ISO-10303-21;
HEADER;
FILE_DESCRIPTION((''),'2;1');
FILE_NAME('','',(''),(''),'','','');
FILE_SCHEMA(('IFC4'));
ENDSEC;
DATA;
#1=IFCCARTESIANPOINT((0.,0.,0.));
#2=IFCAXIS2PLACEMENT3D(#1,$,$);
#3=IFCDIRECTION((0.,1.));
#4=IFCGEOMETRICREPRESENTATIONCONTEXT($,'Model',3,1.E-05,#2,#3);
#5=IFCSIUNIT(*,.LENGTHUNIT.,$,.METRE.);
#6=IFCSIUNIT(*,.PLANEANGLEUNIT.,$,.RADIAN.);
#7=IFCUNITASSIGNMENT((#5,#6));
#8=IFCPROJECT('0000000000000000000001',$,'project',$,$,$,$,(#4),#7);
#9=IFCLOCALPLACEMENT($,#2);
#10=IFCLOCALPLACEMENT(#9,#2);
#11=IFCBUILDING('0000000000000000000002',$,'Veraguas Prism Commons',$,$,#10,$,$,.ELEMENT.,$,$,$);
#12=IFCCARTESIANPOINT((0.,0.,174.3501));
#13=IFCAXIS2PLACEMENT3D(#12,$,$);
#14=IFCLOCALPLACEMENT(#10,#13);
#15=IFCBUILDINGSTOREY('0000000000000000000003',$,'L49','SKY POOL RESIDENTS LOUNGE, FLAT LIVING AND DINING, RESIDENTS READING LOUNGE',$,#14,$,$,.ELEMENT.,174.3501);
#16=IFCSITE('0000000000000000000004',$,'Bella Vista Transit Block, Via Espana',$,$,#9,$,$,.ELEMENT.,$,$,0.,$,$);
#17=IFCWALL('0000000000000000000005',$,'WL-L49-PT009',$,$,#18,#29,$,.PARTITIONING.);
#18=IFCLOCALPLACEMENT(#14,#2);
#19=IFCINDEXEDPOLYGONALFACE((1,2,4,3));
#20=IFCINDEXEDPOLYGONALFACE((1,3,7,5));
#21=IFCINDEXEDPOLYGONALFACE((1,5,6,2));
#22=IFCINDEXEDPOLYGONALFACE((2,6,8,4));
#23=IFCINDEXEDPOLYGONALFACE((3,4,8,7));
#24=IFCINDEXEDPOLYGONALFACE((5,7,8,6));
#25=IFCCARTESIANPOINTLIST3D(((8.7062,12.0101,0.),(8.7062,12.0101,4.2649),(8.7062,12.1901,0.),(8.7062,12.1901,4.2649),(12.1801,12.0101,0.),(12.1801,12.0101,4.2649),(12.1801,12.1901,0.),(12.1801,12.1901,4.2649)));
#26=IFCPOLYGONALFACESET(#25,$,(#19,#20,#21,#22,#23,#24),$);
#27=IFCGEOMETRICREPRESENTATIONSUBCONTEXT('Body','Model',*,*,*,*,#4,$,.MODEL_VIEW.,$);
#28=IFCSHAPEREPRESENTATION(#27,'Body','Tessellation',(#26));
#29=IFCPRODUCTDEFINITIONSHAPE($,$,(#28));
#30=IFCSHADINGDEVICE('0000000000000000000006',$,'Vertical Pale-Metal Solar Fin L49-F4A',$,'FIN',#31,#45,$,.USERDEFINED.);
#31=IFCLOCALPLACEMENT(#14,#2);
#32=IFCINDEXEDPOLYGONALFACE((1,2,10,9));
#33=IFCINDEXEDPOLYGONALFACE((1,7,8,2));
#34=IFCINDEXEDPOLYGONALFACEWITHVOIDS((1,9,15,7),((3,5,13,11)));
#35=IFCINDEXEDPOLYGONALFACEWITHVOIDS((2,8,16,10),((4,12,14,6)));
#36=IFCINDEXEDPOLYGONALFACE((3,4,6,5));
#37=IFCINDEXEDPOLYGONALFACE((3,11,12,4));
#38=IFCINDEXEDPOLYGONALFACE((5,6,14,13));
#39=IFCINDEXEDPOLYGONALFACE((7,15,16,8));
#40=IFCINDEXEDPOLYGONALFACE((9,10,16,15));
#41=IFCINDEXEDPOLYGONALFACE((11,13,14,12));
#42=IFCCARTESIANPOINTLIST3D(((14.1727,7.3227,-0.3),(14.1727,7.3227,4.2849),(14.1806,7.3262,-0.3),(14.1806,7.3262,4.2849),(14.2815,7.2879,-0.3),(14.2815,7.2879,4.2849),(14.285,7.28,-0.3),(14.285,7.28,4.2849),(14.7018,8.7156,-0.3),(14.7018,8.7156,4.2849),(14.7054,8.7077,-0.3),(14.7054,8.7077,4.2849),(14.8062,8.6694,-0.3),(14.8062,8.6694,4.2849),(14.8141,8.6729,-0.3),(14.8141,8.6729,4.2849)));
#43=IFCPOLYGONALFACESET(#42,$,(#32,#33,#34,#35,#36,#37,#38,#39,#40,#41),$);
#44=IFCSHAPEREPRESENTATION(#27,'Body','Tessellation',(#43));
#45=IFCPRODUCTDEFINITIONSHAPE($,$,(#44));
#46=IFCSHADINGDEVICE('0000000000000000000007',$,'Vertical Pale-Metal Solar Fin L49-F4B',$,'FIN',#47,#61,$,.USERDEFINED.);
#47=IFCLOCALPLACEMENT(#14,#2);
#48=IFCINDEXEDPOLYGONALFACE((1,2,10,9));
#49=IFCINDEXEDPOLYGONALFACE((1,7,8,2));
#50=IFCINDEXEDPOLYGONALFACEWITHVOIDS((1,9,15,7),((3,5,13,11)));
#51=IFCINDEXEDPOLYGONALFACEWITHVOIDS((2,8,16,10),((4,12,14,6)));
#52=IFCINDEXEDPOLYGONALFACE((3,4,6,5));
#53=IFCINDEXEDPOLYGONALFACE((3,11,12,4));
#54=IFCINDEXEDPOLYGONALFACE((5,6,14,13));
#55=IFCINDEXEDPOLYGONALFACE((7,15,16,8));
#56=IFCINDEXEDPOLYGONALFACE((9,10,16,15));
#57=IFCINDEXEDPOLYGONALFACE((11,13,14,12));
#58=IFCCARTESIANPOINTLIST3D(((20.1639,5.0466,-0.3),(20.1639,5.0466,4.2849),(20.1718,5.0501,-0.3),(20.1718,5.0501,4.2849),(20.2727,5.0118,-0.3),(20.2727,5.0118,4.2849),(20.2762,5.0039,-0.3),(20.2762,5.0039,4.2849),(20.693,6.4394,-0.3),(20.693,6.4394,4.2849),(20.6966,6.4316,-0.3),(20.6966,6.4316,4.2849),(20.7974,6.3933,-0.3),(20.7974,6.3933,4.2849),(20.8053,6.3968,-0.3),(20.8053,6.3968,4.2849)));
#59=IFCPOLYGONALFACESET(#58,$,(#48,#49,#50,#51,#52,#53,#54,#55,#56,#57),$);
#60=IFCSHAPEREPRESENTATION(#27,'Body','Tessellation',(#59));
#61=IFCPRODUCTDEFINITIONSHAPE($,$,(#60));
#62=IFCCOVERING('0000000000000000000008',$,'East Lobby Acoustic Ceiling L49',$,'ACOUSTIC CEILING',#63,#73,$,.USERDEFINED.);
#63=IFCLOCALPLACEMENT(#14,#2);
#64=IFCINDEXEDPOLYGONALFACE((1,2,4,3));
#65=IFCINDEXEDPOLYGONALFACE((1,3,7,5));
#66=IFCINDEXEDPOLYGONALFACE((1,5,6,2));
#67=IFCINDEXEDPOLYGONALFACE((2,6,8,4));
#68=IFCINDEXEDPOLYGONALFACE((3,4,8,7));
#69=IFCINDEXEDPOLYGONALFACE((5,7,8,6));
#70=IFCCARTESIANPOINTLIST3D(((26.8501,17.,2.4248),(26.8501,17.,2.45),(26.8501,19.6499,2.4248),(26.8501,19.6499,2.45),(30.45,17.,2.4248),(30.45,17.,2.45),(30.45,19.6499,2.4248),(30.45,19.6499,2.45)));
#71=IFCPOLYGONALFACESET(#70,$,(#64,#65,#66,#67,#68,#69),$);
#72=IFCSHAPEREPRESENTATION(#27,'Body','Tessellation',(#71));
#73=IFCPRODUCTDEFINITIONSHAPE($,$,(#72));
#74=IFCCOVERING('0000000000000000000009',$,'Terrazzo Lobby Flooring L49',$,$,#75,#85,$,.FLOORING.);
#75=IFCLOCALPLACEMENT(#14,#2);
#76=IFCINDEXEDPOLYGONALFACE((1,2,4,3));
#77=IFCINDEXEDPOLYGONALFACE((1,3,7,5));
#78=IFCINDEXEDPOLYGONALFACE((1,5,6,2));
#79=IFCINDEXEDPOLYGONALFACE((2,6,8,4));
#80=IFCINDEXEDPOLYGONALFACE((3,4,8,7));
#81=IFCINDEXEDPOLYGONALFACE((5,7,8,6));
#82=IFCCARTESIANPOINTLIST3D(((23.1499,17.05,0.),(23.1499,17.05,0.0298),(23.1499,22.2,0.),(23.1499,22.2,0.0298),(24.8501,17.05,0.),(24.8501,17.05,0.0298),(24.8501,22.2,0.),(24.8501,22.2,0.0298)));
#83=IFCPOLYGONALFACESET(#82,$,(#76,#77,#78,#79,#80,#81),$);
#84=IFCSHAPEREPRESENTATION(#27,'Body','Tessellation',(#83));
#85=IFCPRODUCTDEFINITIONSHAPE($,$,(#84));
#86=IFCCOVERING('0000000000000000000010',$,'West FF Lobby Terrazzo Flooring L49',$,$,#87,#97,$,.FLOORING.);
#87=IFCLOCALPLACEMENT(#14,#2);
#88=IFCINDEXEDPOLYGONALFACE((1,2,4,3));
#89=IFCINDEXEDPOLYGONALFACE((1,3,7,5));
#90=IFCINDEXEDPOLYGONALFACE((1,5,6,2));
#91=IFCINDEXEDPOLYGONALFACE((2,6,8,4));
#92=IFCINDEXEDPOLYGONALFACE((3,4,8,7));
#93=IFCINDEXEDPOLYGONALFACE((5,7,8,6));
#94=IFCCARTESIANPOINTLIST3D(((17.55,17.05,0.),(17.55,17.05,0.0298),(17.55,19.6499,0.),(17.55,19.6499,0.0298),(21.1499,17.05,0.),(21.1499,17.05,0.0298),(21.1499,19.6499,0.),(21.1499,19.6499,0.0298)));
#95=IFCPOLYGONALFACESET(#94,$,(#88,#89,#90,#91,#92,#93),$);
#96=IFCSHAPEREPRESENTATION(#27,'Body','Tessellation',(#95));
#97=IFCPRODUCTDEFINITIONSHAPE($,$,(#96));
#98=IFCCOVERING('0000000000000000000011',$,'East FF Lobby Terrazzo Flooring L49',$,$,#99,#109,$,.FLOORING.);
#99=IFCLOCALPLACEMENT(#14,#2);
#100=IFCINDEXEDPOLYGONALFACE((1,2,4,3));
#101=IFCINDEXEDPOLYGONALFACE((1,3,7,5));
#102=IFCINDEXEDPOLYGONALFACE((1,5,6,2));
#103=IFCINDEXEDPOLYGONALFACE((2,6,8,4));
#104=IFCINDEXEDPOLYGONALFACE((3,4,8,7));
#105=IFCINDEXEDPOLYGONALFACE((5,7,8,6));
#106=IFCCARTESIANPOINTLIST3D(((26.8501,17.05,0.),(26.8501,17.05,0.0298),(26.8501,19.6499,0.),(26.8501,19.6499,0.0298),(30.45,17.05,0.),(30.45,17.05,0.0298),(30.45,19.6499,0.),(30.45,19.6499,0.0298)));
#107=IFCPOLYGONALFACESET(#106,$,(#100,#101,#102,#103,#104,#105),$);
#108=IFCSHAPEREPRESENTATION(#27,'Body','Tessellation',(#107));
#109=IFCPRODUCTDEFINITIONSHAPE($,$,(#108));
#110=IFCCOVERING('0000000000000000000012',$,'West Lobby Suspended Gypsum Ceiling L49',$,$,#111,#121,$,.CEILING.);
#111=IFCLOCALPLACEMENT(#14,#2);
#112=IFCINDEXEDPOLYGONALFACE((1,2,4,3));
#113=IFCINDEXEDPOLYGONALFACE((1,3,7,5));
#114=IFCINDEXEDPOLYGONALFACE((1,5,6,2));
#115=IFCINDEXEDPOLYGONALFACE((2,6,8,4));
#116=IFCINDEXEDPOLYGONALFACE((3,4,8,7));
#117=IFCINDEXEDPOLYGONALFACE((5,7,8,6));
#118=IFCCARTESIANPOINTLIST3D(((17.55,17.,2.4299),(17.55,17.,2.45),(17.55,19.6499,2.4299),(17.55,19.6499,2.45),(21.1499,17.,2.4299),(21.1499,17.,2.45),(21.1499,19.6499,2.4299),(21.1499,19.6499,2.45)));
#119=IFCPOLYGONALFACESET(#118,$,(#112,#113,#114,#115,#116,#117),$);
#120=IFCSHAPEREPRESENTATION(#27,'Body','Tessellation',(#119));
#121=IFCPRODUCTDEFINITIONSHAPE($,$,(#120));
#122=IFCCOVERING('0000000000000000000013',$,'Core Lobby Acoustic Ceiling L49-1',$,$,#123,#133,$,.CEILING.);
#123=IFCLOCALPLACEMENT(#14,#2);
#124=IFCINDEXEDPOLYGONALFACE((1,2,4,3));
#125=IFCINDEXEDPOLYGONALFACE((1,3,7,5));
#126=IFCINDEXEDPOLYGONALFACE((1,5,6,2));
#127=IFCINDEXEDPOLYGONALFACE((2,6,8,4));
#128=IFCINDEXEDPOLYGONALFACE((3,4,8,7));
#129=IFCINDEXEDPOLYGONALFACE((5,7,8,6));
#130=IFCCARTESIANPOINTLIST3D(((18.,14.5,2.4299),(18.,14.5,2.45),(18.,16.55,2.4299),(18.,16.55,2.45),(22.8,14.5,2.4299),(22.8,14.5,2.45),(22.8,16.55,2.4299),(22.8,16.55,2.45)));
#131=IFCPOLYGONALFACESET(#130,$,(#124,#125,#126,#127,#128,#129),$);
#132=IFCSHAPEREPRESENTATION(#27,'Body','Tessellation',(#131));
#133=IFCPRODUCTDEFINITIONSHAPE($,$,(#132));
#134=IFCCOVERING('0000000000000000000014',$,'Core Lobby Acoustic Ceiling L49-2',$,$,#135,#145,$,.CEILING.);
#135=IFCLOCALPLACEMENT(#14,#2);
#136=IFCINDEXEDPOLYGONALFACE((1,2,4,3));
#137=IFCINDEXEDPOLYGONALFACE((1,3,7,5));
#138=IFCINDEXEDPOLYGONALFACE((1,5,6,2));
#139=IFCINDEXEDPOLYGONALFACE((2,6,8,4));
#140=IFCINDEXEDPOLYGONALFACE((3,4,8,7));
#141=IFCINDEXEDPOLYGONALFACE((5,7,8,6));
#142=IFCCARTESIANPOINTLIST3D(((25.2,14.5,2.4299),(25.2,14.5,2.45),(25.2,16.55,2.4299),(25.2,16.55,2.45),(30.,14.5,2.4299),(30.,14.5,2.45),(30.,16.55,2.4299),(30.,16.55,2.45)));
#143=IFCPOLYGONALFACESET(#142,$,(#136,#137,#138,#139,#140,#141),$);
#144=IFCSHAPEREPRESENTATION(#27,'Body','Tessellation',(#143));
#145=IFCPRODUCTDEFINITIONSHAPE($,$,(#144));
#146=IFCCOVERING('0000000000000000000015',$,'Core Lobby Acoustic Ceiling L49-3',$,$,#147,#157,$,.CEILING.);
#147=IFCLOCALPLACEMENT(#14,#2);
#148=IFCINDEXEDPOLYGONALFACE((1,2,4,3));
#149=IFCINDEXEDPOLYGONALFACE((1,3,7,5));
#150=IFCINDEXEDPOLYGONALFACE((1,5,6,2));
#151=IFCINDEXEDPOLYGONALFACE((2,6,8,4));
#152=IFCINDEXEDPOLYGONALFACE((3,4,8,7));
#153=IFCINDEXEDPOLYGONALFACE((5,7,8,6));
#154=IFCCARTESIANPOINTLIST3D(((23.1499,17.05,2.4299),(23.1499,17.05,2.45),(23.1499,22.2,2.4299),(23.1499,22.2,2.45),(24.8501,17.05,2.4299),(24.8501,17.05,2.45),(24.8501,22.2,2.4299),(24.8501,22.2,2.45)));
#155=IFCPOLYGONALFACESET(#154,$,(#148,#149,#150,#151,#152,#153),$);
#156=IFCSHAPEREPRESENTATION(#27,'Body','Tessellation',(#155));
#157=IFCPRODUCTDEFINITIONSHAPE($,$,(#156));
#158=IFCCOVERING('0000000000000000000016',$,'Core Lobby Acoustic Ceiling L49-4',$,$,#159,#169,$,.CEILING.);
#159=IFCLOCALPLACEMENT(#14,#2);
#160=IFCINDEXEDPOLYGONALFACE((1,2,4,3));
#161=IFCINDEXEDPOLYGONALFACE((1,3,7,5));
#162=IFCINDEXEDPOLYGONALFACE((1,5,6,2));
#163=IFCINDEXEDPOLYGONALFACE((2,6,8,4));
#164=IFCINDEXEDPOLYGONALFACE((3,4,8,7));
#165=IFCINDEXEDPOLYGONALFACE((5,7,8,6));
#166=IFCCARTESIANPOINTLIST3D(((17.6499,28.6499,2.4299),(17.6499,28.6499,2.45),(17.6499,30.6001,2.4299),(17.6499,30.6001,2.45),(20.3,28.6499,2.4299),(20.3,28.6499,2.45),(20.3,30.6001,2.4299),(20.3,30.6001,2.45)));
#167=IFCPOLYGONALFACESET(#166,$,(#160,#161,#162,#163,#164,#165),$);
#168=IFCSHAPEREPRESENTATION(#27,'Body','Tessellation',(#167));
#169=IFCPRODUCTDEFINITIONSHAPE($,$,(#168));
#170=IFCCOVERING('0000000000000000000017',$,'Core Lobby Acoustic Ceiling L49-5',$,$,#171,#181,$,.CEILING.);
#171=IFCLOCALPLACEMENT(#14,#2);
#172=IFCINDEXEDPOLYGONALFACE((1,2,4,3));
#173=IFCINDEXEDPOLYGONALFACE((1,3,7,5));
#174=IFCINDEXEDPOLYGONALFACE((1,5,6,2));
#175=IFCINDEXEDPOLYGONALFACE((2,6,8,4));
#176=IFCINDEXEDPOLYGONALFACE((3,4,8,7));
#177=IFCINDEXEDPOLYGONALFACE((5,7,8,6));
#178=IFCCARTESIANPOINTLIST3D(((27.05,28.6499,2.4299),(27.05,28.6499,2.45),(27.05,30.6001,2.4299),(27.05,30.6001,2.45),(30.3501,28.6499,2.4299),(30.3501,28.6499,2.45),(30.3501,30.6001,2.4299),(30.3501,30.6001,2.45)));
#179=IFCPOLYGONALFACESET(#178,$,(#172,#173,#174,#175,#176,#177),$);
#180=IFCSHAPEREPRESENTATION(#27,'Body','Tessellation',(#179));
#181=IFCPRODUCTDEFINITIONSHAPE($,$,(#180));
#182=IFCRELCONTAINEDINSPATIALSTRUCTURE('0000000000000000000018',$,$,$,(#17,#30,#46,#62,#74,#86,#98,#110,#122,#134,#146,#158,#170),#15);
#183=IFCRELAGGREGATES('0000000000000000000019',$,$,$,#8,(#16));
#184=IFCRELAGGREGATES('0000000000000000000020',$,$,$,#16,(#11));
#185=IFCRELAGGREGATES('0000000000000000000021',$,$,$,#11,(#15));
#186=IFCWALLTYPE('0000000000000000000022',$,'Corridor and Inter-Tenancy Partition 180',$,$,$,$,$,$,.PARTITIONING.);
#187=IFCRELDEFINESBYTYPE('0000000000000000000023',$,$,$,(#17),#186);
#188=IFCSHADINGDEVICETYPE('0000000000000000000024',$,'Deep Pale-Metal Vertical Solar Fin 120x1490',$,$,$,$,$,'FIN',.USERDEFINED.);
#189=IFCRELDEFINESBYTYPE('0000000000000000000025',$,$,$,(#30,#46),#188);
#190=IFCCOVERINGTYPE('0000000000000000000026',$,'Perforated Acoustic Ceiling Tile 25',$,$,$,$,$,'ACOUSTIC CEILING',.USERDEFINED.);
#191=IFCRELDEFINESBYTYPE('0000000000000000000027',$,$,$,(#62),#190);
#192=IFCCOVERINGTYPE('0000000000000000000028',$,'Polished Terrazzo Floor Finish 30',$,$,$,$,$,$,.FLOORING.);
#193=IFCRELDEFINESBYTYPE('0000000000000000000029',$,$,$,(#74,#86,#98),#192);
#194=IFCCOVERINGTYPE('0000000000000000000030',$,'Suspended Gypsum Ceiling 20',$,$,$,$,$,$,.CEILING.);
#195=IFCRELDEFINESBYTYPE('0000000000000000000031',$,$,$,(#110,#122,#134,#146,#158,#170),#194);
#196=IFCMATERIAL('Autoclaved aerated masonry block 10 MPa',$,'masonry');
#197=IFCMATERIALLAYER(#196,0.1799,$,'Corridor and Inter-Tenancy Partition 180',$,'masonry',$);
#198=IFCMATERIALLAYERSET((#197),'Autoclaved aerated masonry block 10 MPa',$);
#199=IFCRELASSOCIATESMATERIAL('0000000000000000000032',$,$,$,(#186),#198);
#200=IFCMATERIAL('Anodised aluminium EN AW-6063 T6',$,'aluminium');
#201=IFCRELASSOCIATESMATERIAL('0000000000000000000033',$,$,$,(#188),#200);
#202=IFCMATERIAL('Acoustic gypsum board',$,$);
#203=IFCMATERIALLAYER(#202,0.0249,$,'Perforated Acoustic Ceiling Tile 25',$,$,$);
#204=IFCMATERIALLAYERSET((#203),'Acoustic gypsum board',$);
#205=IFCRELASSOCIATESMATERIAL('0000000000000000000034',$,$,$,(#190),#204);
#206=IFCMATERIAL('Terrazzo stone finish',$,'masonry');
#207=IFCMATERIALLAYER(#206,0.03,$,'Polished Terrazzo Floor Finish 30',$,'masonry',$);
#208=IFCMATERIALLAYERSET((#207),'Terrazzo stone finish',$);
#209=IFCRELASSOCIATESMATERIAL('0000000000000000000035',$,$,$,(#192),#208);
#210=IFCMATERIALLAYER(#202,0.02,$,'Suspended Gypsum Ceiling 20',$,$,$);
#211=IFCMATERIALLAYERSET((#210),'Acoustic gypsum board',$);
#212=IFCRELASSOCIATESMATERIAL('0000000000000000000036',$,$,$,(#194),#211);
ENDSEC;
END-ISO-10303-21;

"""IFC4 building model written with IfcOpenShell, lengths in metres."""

from ifc_helpers import new_model, si_unit, direction, frame, frame_2d, origin, origin_2d, place, context, subcontext, project, spatial, polyline, rectangle, hollow_rectangle, outline, extrude, material, layer, layer_set, material_profile, profile_set, type_object, element, save


model = new_model("IFC4")

# Units and contexts
model_context = context("Model", 3, precision=1e-05, world=origin(), true_north=direction((0.0, 1.0)))
body_context = subcontext(model_context, "Body", "Model", "MODEL_VIEW")
ifc_project = project(units=[si_unit("LENGTHUNIT", "METRE"), si_unit("PLANEANGLEUNIT", "RADIAN")], contexts=[model_context])

# Site, building, storey
site_placement = place(None, origin())
site = spatial("IfcSite", under=ifc_project, at=site_placement, Name="Bella Vista Transit Block, Via Espana", CompositionType="ELEMENT", RefElevation=0.0)
building_placement = place(site_placement, origin())
building = spatial("IfcBuilding", under=site, at=building_placement, Name="Veraguas Prism Commons", CompositionType="ELEMENT")
storey_placement = place(building_placement, frame((0.0, 0.0, 174.3501)))
storey = spatial("IfcBuildingStorey", under=building, at=storey_placement, Name="L49", Description="SKY POOL RESIDENTS LOUNGE, FLAT LIVING AND DINING, RESIDENTS READING LOUNGE", CompositionType="ELEMENT", Elevation=174.3501)

# Shared definitions
ifc_material_1 = material(Name="Anodised aluminium EN AW-6063 T6", Category="aluminium")

# Wall
ifc_material_2 = material(Name="Autoclaved aerated masonry block 10 MPa", Category="masonry")
ifc_layer_1 = layer(ifc_material_2, 0.1799, Name="Corridor and Inter-Tenancy Partition 180", Category="masonry")
ifc_layer_set_1 = layer_set([ifc_layer_1], Name="Autoclaved aerated masonry block 10 MPa")
wall_type = type_object("IfcWallType", Name="Corridor and Inter-Tenancy Partition 180", PredefinedType="PARTITIONING", material=ifc_layer_set_1)
wall_1_placement = place(storey_placement, frame((12.1799, 12.1001, 0.0), z_axis=(0.0, 0.0, 1.0), x_axis=(-1.0, 0.0, 0.0)))
element("IfcWall", 1, at=wall_1_placement, inside=storey, type_object=wall_type, Name="WL-L49-PT009", PredefinedType="PARTITIONING", context=body_context, shape_type="SweptSolid", body=[
    extrude(rectangle(XDim=3.4739, YDim=0.1799, at=frame_2d((1.7368, 0.0))), origin(), (0.0, 0.0, 1.0), 4.2649),
])

# Shading devices
ifc_material_profile_1 = material_profile(ifc_material_1, hollow_rectangle(XDim=0.1201, YDim=1.49, WallThickness=0.0061, at=origin_2d()), Name="FIN120X1490X6")
ifc_profile_set_1 = profile_set([ifc_material_profile_1], Name="Anodised aluminium EN AW-6063 T6")
shading_device_type = type_object("IfcShadingDeviceType", Name="Deep Pale-Metal Vertical Solar Fin 120x1490", ElementType="FIN", PredefinedType="USERDEFINED", material=ifc_profile_set_1)
for number, where, z_axis, x_axis, name in (
    (2, (14.4934, 7.9978, -0.3), (0.0, 0.0, 1.0), (0.934825, -0.355109, 0.0), "Vertical Pale-Metal Solar Fin L49-F4A"),
    (3, (20.4846, 5.7217, -0.3), (0.0, 0.0, 1.0), (0.934825, -0.355109, 0.0), "Vertical Pale-Metal Solar Fin L49-F4B"),
):
    element("IfcShadingDevice", number, at=place(storey_placement, frame(where, z_axis=z_axis, x_axis=x_axis)), inside=storey, type_object=shading_device_type, Name=name, ObjectType="FIN", PredefinedType="USERDEFINED", context=body_context, shape_type="SweptSolid", body=[
        extrude(hollow_rectangle(XDim=0.1201, YDim=1.49, WallThickness=0.0061, at=origin_2d()), origin(), (0.0, 0.0, 1.0), 4.585),
    ])

# Coverings
ifc_material_3 = material(Name="Acoustic gypsum board")
ifc_layer_2 = layer(ifc_material_3, 0.0249, Name="Perforated Acoustic Ceiling Tile 25")
ifc_layer_set_2 = layer_set([ifc_layer_2], Name="Acoustic gypsum board")
covering_type_1 = type_object("IfcCoveringType", Name="Perforated Acoustic Ceiling Tile 25", ElementType="ACOUSTIC CEILING", PredefinedType="USERDEFINED", material=ifc_layer_set_2)
covering_1_placement = place(storey_placement, frame((0.0, 0.0, 2.4248)))
element("IfcCovering", 4, at=covering_1_placement, inside=storey, type_object=covering_type_1, Name="East Lobby Acoustic Ceiling L49", ObjectType="ACOUSTIC CEILING", PredefinedType="USERDEFINED", context=body_context, shape_type="SweptSolid", body=[
    extrude(outline(polyline([(26.8501, 17.0), (30.45, 17.0), (30.45, 19.6499), (26.8501, 19.6499), (26.8501, 17.0)])), origin(), (0.0, 0.0, 1.0), 0.0251),
])
ifc_material_4 = material(Name="Terrazzo stone finish", Category="masonry")
ifc_layer_3 = layer(ifc_material_4, 0.03, Name="Polished Terrazzo Floor Finish 30", Category="masonry")
ifc_layer_set_3 = layer_set([ifc_layer_3], Name="Terrazzo stone finish")
covering_type_2 = type_object("IfcCoveringType", Name="Polished Terrazzo Floor Finish 30", PredefinedType="FLOORING", material=ifc_layer_set_3)
covering_2_placement = place(storey_placement, origin())
element("IfcCovering", 5, at=covering_2_placement, inside=storey, type_object=covering_type_2, Name="Terrazzo Lobby Flooring L49", PredefinedType="FLOORING", context=body_context, shape_type="SweptSolid", body=[
    extrude(outline(polyline([(23.1499, 17.05), (24.8501, 17.05), (24.8501, 22.2), (23.1499, 22.2), (23.1499, 17.05)])), origin(), (0.0, 0.0, 1.0), 0.0298),
])
covering_3_placement = place(storey_placement, origin())
element("IfcCovering", 6, at=covering_3_placement, inside=storey, type_object=covering_type_2, Name="West FF Lobby Terrazzo Flooring L49", PredefinedType="FLOORING", context=body_context, shape_type="SweptSolid", body=[
    extrude(outline(polyline([(17.55, 17.05), (21.1499, 17.05), (21.1499, 19.6499), (17.55, 19.6499), (17.55, 17.05)])), origin(), (0.0, 0.0, 1.0), 0.0298),
])
covering_4_placement = place(storey_placement, origin())
element("IfcCovering", 7, at=covering_4_placement, inside=storey, type_object=covering_type_2, Name="East FF Lobby Terrazzo Flooring L49", PredefinedType="FLOORING", context=body_context, shape_type="SweptSolid", body=[
    extrude(outline(polyline([(26.8501, 17.05), (30.45, 17.05), (30.45, 19.6499), (26.8501, 19.6499), (26.8501, 17.05)])), origin(), (0.0, 0.0, 1.0), 0.0298),
])
ifc_layer_4 = layer(ifc_material_3, 0.02, Name="Suspended Gypsum Ceiling 20")
ifc_layer_set_4 = layer_set([ifc_layer_4], Name="Acoustic gypsum board")
covering_type_3 = type_object("IfcCoveringType", Name="Suspended Gypsum Ceiling 20", PredefinedType="CEILING", material=ifc_layer_set_4)
covering_5_placement = place(storey_placement, frame((0.0, 0.0, 2.4299)))
element("IfcCovering", 8, at=covering_5_placement, inside=storey, type_object=covering_type_3, Name="West Lobby Suspended Gypsum Ceiling L49", PredefinedType="CEILING", context=body_context, shape_type="SweptSolid", body=[
    extrude(outline(polyline([(17.55, 17.0), (21.1499, 17.0), (21.1499, 19.6499), (17.55, 19.6499), (17.55, 17.0)])), origin(), (0.0, 0.0, 1.0), 0.02),
])
covering_6_placement = place(storey_placement, frame((0.0, 0.0, 2.4299)))
element("IfcCovering", 9, at=covering_6_placement, inside=storey, type_object=covering_type_3, Name="Core Lobby Acoustic Ceiling L49-1", PredefinedType="CEILING", context=body_context, shape_type="SweptSolid", body=[
    extrude(outline(polyline([(18.0, 14.5), (22.8, 14.5), (22.8, 16.55), (18.0, 16.55), (18.0, 14.5)])), origin(), (0.0, 0.0, 1.0), 0.02),
])
covering_7_placement = place(storey_placement, frame((0.0, 0.0, 2.4299)))
element("IfcCovering", 10, at=covering_7_placement, inside=storey, type_object=covering_type_3, Name="Core Lobby Acoustic Ceiling L49-2", PredefinedType="CEILING", context=body_context, shape_type="SweptSolid", body=[
    extrude(outline(polyline([(25.2, 14.5), (30.0, 14.5), (30.0, 16.55), (25.2, 16.55), (25.2, 14.5)])), origin(), (0.0, 0.0, 1.0), 0.02),
])
covering_8_placement = place(storey_placement, frame((0.0, 0.0, 2.4299)))
element("IfcCovering", 11, at=covering_8_placement, inside=storey, type_object=covering_type_3, Name="Core Lobby Acoustic Ceiling L49-3", PredefinedType="CEILING", context=body_context, shape_type="SweptSolid", body=[
    extrude(outline(polyline([(23.1499, 17.05), (24.8501, 17.05), (24.8501, 22.2), (23.1499, 22.2), (23.1499, 17.05)])), origin(), (0.0, 0.0, 1.0), 0.02),
])
covering_9_placement = place(storey_placement, frame((0.0, 0.0, 2.4299)))
element("IfcCovering", 12, at=covering_9_placement, inside=storey, type_object=covering_type_3, Name="Core Lobby Acoustic Ceiling L49-4", PredefinedType="CEILING", context=body_context, shape_type="SweptSolid", body=[
    extrude(outline(polyline([(17.6499, 28.6499), (20.3, 28.6499), (20.3, 30.6001), (17.6499, 30.6001), (17.6499, 28.6499)])), origin(), (0.0, 0.0, 1.0), 0.02),
])
covering_10_placement = place(storey_placement, frame((0.0, 0.0, 2.4299)))
element("IfcCovering", 13, at=covering_10_placement, inside=storey, type_object=covering_type_3, Name="Core Lobby Acoustic Ceiling L49-5", PredefinedType="CEILING", context=body_context, shape_type="SweptSolid", body=[
    extrude(outline(polyline([(27.05, 28.6499), (30.3501, 28.6499), (30.3501, 30.6001), (27.05, 30.6001), (27.05, 28.6499)])), origin(), (0.0, 0.0, 1.0), 0.02),
])

save(model, "model.ifc")
